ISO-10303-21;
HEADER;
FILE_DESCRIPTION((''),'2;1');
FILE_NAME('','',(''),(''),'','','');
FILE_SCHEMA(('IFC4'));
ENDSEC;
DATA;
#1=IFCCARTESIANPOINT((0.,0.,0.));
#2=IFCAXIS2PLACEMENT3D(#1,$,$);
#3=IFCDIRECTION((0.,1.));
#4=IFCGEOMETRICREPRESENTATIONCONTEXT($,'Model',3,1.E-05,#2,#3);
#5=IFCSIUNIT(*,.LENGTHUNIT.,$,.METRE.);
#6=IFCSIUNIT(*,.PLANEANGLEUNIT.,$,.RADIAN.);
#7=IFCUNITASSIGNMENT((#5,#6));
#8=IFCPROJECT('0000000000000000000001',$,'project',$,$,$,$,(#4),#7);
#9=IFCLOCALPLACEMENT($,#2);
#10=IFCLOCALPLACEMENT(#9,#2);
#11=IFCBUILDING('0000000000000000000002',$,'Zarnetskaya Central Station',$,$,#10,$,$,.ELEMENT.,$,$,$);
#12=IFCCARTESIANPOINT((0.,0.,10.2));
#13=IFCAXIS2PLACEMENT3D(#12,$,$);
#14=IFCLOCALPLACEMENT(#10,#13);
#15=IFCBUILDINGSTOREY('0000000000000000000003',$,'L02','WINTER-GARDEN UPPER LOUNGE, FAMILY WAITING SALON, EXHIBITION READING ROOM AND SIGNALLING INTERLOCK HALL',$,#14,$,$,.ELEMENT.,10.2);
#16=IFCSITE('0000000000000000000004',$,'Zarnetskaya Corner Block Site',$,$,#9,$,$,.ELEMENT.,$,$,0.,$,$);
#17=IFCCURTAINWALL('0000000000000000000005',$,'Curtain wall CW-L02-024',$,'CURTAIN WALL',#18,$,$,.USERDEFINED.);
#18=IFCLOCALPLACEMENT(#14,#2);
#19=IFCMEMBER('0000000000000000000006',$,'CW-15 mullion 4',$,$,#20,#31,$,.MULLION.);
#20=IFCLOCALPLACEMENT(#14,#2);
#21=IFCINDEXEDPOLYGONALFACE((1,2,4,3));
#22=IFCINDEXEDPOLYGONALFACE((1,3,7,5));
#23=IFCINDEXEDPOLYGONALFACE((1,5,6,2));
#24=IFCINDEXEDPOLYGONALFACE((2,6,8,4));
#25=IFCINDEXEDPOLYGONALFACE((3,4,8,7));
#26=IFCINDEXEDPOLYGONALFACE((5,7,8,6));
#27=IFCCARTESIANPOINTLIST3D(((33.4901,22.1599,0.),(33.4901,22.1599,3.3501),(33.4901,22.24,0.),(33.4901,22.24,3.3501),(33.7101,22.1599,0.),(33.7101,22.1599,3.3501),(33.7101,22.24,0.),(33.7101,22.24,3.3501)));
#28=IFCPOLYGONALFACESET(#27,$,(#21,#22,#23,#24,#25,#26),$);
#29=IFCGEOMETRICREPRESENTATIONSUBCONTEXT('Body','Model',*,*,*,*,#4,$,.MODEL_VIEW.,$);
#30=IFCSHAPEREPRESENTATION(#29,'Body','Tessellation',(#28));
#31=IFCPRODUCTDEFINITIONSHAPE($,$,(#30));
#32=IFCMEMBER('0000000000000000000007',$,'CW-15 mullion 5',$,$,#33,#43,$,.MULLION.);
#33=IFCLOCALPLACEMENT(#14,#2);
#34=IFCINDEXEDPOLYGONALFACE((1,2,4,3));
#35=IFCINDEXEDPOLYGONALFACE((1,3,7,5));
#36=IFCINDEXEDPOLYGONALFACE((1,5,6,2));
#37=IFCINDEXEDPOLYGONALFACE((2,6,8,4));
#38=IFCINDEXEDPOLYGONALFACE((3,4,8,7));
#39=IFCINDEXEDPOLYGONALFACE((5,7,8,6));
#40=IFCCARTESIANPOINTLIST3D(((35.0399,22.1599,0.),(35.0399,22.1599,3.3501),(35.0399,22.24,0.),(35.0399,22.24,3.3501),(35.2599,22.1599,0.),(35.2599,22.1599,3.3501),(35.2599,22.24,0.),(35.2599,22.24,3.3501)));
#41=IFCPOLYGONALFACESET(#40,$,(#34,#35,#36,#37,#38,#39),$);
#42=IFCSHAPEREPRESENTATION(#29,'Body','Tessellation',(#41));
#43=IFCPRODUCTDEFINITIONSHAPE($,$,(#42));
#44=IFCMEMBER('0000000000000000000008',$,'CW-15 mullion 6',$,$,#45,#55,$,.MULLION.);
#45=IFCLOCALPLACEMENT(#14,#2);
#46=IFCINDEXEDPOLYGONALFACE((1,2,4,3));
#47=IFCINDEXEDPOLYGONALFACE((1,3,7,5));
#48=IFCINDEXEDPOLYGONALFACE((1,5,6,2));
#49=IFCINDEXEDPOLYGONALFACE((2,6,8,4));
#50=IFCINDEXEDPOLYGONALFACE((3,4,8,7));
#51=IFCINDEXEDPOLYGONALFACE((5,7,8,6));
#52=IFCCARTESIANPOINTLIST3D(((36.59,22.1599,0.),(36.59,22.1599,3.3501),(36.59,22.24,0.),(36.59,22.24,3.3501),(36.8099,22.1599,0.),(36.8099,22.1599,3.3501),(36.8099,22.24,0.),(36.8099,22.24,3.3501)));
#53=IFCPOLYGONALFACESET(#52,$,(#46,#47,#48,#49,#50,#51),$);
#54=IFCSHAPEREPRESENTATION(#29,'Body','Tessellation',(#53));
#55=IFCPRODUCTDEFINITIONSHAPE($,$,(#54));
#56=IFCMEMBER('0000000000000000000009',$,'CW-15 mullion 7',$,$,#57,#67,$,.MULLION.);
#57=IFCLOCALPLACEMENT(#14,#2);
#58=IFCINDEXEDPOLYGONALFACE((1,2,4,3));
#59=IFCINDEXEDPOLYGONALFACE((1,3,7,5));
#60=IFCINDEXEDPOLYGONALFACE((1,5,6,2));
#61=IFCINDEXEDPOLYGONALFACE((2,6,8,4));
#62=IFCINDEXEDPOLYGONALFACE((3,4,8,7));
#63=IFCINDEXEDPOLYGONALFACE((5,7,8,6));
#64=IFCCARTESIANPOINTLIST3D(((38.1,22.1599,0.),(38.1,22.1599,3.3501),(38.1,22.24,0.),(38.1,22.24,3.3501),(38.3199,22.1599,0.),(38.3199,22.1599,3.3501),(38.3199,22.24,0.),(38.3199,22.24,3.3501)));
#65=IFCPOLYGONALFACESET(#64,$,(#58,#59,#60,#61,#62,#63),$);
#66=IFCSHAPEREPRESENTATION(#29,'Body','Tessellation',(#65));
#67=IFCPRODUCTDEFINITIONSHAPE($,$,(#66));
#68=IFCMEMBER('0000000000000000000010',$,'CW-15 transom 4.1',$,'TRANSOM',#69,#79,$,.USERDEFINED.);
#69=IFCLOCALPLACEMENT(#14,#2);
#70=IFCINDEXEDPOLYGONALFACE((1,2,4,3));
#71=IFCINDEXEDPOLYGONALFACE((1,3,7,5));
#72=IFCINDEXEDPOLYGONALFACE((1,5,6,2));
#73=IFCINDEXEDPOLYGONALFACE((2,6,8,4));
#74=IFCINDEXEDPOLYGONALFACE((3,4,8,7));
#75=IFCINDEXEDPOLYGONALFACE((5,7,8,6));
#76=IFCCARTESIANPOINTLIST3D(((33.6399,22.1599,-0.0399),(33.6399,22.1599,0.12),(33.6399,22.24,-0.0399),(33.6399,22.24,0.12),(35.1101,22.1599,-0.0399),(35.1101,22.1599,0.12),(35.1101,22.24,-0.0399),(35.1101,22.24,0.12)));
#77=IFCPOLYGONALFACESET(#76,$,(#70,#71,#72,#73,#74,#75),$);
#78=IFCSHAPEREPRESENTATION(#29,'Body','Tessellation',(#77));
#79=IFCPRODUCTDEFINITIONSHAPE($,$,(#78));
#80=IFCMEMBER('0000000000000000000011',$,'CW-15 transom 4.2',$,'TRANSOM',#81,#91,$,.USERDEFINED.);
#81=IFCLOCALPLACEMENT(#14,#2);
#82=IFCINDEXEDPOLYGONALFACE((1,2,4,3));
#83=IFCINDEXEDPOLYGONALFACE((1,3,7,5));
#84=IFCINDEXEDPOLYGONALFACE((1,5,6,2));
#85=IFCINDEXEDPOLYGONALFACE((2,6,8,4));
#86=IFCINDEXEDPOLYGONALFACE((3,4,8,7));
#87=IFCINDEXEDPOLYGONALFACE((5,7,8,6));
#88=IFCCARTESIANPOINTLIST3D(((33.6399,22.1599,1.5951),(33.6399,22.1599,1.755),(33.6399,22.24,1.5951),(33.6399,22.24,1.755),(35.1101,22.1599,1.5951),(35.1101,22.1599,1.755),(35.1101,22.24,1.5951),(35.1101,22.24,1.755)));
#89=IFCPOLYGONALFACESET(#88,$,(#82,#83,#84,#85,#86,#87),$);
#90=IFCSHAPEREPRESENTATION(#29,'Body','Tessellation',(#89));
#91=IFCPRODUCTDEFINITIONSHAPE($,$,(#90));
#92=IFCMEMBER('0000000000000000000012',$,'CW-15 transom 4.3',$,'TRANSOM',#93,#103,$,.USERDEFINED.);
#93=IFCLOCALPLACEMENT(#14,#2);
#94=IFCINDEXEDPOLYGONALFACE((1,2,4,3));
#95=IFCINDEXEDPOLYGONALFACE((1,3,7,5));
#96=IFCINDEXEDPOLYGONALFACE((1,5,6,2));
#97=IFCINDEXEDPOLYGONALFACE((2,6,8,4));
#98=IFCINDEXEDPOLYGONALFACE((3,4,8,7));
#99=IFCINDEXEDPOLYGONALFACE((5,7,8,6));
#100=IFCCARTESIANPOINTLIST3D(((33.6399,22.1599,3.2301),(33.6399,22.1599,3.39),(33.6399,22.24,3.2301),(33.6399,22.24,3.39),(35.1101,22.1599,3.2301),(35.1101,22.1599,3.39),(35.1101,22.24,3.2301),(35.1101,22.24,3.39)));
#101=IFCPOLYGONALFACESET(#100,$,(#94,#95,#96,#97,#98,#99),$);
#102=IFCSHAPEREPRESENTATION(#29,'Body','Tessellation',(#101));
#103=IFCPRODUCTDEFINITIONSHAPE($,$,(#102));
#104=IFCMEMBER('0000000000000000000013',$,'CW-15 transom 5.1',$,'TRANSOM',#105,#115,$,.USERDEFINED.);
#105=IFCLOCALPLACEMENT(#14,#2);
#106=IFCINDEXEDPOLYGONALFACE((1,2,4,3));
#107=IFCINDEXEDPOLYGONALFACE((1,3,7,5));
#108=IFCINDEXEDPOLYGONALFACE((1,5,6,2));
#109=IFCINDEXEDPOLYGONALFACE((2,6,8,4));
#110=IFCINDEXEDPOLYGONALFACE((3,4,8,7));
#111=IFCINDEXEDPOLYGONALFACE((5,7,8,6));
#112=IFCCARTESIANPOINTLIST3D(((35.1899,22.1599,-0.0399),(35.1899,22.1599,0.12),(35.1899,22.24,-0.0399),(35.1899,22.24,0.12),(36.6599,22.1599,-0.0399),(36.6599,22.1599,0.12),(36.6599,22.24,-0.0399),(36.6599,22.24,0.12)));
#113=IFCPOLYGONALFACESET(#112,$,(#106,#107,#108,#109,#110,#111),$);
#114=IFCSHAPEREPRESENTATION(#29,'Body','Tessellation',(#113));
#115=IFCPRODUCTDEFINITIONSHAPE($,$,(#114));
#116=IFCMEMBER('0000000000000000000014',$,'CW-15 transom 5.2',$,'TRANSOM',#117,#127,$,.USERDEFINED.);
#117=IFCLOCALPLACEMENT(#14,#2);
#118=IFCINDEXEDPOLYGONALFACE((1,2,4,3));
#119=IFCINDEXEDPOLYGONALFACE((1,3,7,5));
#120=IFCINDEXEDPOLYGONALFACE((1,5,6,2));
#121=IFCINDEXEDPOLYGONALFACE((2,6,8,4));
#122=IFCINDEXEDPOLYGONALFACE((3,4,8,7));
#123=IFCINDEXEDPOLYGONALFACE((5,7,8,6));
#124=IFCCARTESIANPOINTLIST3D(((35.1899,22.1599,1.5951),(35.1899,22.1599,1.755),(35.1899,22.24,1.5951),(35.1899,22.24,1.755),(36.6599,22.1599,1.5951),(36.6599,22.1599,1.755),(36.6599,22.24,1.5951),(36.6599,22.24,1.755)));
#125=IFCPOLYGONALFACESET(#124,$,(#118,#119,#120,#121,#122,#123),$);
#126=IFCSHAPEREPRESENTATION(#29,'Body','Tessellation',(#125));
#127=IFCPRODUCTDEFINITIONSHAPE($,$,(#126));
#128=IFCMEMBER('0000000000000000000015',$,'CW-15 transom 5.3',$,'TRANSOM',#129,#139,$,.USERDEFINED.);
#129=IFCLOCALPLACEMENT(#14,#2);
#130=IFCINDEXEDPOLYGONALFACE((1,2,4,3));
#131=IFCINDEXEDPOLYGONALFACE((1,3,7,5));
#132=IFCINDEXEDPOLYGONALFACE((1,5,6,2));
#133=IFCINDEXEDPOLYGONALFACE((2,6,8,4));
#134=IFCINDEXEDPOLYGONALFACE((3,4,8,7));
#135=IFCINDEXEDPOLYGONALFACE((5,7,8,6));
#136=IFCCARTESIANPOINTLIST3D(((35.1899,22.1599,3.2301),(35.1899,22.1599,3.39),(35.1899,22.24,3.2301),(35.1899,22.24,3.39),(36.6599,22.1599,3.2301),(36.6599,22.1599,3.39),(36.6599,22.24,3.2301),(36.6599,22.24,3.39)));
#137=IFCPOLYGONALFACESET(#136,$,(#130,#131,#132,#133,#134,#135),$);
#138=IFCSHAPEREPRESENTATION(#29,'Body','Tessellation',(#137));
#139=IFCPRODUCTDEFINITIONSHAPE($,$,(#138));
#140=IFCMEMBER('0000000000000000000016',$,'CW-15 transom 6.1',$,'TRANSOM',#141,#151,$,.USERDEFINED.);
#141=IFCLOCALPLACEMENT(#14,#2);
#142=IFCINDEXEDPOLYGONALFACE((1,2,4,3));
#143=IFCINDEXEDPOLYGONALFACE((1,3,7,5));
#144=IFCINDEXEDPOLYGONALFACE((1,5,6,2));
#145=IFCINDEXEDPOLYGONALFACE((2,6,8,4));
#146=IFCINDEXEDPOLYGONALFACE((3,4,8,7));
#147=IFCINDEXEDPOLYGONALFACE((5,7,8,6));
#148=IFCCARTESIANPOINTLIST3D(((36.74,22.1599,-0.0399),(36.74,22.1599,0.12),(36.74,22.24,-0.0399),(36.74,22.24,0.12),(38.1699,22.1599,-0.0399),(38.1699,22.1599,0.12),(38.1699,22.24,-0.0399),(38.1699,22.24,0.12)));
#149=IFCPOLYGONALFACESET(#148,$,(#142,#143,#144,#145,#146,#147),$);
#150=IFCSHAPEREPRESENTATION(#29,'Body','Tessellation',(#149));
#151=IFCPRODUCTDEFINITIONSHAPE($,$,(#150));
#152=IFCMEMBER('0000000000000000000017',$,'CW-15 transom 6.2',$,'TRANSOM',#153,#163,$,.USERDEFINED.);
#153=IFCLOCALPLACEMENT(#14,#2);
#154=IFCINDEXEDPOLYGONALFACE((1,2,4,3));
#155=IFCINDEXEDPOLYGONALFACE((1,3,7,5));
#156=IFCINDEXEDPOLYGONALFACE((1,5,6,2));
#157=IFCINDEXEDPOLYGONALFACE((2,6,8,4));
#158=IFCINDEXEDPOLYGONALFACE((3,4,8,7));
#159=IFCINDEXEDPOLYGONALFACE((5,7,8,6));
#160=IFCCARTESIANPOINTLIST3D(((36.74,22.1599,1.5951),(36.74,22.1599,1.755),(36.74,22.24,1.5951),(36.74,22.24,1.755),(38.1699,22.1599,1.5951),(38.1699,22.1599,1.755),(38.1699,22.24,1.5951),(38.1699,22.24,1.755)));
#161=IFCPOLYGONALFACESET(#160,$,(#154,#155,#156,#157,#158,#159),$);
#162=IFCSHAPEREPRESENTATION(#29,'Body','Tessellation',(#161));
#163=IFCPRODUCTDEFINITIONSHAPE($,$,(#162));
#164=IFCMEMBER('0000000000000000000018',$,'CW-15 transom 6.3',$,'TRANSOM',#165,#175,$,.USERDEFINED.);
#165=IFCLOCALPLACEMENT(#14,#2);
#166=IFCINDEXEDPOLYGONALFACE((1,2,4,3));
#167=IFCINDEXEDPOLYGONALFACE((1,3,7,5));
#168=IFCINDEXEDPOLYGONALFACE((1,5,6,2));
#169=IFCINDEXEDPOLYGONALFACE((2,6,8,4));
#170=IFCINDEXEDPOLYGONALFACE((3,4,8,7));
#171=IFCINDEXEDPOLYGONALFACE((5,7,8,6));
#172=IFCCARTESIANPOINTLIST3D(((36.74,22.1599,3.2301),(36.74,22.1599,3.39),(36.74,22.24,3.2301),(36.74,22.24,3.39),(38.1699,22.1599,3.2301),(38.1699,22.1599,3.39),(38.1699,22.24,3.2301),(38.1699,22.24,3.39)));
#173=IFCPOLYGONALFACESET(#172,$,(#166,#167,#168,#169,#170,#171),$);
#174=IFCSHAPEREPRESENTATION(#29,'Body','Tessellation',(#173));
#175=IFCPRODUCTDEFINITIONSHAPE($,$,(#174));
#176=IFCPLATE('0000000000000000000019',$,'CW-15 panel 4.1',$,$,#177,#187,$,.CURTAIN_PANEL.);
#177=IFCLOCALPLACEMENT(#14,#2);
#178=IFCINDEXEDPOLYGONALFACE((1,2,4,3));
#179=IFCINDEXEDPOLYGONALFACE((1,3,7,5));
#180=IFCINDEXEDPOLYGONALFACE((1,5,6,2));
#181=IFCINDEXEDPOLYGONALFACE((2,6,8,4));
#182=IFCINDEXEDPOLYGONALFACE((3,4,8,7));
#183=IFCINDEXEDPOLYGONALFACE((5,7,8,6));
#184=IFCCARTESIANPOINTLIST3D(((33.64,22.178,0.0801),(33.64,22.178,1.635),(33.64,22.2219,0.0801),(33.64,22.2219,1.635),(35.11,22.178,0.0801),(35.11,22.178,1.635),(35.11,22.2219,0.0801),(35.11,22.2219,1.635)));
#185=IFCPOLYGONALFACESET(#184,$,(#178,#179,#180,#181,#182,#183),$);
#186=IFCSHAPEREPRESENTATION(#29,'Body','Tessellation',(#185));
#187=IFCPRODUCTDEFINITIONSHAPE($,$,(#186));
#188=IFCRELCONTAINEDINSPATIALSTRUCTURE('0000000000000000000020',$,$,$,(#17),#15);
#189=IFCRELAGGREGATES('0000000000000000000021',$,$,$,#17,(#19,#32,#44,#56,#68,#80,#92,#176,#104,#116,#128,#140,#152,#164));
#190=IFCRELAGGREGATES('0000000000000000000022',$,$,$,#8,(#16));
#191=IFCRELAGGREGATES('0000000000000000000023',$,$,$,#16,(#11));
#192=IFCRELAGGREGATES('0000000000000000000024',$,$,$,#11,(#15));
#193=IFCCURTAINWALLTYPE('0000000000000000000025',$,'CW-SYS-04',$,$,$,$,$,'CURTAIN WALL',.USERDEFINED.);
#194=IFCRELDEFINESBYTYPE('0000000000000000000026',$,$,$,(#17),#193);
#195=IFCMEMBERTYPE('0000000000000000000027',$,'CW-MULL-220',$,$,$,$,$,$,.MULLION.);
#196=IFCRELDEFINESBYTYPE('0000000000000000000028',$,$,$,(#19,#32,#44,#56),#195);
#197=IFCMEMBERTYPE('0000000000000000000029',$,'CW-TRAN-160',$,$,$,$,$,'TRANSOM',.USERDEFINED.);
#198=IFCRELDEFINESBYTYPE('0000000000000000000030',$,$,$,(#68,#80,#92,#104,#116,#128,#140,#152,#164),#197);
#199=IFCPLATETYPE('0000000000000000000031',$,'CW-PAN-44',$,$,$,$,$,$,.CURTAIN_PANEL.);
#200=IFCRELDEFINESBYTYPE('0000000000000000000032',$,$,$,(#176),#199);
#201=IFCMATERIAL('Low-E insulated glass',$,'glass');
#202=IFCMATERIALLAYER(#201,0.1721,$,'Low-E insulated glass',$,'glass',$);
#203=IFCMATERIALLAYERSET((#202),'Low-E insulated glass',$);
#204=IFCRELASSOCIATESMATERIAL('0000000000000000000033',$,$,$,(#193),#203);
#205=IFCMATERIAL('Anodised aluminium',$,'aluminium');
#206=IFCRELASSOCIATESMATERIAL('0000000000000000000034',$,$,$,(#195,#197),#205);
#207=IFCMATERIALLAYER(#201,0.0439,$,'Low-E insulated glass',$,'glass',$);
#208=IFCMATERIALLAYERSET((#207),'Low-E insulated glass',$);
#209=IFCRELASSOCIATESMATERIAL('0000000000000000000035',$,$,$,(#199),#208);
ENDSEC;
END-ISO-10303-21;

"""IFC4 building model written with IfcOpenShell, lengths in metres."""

from ifc_helpers import new_model, si_unit, direction, frame, origin, origin_2d, place, context, subcontext, project, spatial, rectangle, extrude, material, layer, layer_set, material_profile, profile_set, type_object, element, aggregate, save


model = new_model("IFC4")

# Units and contexts
model_context = context("Model", 3, precision=1e-05, world=origin(), true_north=direction((0.0, 1.0)))
body_context = subcontext(model_context, "Body", "Model", "MODEL_VIEW")
ifc_project = project(units=[si_unit("LENGTHUNIT", "METRE"), si_unit("PLANEANGLEUNIT", "RADIAN")], contexts=[model_context])

# Site, building, storey
site_placement = place(None, origin())
site = spatial("IfcSite", under=ifc_project, at=site_placement, Name="Zarnetskaya Corner Block Site", CompositionType="ELEMENT", RefElevation=0.0)
building_placement = place(site_placement, origin())
building = spatial("IfcBuilding", under=site, at=building_placement, Name="Zarnetskaya Central Station", CompositionType="ELEMENT")
storey_placement = place(building_placement, frame((0.0, 0.0, 10.2)))
storey = spatial("IfcBuildingStorey", under=building, at=storey_placement, Name="L02", Description="WINTER-GARDEN UPPER LOUNGE, FAMILY WAITING SALON, EXHIBITION READING ROOM AND SIGNALLING INTERLOCK HALL", CompositionType="ELEMENT", Elevation=10.2)

# Curtain wall, members, plate
ifc_material_1 = material(Name="Low-E insulated glass", Category="glass")
ifc_layer_1 = layer(ifc_material_1, 0.1721, Name="Low-E insulated glass", Category="glass")
ifc_layer_set_1 = layer_set([ifc_layer_1], Name="Low-E insulated glass")
curtain_wall_type = type_object("IfcCurtainWallType", Name="CW-SYS-04", ElementType="CURTAIN WALL", PredefinedType="USERDEFINED", material=ifc_layer_set_1)
curtain_wall_placement = place(storey_placement, origin())
curtain_wall = element("IfcCurtainWall", 1, at=curtain_wall_placement, inside=storey, type_object=curtain_wall_type, Name="Curtain wall CW-L02-024", ObjectType="CURTAIN WALL", PredefinedType="USERDEFINED")
ifc_material_2 = material(Name="Anodised aluminium", Category="aluminium")
ifc_material_profile_1 = material_profile(ifc_material_2, rectangle(XDim=0.0801, YDim=0.22, at=origin_2d()), Name="ALU MULL 80x220")
ifc_profile_set_1 = profile_set([ifc_material_profile_1], Name="Anodised aluminium")
member_type_1 = type_object("IfcMemberType", Name="CW-MULL-220", PredefinedType="MULLION", material=ifc_profile_set_1)
member_1_placement = place(storey_placement, frame((33.6001, 22.2, 0.0), z_axis=(0.0, 0.0, 1.0), x_axis=(0.0, 1.0, 0.0)))
member_1 = element("IfcMember", 2, at=member_1_placement, type_object=member_type_1, Name="CW-15 mullion 4", PredefinedType="MULLION", context=body_context, shape_type="SweptSolid", body=[
    extrude(rectangle(XDim=0.0801, YDim=0.22, at=origin_2d()), origin(), (0.0, 0.0, 1.0), 3.3501),
])
member_2_placement = place(storey_placement, frame((35.1499, 22.2, 0.0), z_axis=(0.0, 0.0, 1.0), x_axis=(0.0, 1.0, 0.0)))
member_2 = element("IfcMember", 3, at=member_2_placement, type_object=member_type_1, Name="CW-15 mullion 5", PredefinedType="MULLION", context=body_context, shape_type="SweptSolid", body=[
    extrude(rectangle(XDim=0.0801, YDim=0.22, at=origin_2d()), origin(), (0.0, 0.0, 1.0), 3.3501),
])
member_3_placement = place(storey_placement, frame((36.7, 22.2, 0.0), z_axis=(0.0, 0.0, 1.0), x_axis=(0.0, 1.0, 0.0)))
member_3 = element("IfcMember", 4, at=member_3_placement, type_object=member_type_1, Name="CW-15 mullion 6", PredefinedType="MULLION", context=body_context, shape_type="SweptSolid", body=[
    extrude(rectangle(XDim=0.0801, YDim=0.22, at=origin_2d()), origin(), (0.0, 0.0, 1.0), 3.3501),
])
member_4_placement = place(storey_placement, frame((38.21, 22.2, 0.0), z_axis=(0.0, 0.0, 1.0), x_axis=(0.0, 1.0, 0.0)))
member_4 = element("IfcMember", 5, at=member_4_placement, type_object=member_type_1, Name="CW-15 mullion 7", PredefinedType="MULLION", context=body_context, shape_type="SweptSolid", body=[
    extrude(rectangle(XDim=0.0801, YDim=0.22, at=origin_2d()), origin(), (0.0, 0.0, 1.0), 3.3501),
])
ifc_material_profile_2 = material_profile(ifc_material_2, rectangle(XDim=0.0801, YDim=0.1599, at=origin_2d()), Name="ALU TRAN 80x160")
ifc_profile_set_2 = profile_set([ifc_material_profile_2], Name="Anodised aluminium")
member_type_2 = type_object("IfcMemberType", Name="CW-TRAN-160", ElementType="TRANSOM", PredefinedType="USERDEFINED", material=ifc_profile_set_2)
member_5_placement = place(storey_placement, frame((33.6399, 22.2, 0.04), z_axis=(1.0, 0.0, 0.0), x_axis=(0.0, 1.0, 0.0)))
member_5 = element("IfcMember", 6, at=member_5_placement, type_object=member_type_2, Name="CW-15 transom 4.1", ObjectType="TRANSOM", PredefinedType="USERDEFINED", context=body_context, shape_type="SweptSolid", body=[
    extrude(rectangle(XDim=0.0801, YDim=0.1599, at=origin_2d()), origin(), (0.0, 0.0, 1.0), 1.4702),
])
member_6_placement = place(storey_placement, frame((33.6399, 22.2, 1.675), z_axis=(1.0, 0.0, 0.0), x_axis=(0.0, 1.0, 0.0)))
member_6 = element("IfcMember", 7, at=member_6_placement, type_object=member_type_2, Name="CW-15 transom 4.2", ObjectType="TRANSOM", PredefinedType="USERDEFINED", context=body_context, shape_type="SweptSolid", body=[
    extrude(rectangle(XDim=0.0801, YDim=0.1599, at=origin_2d()), origin(), (0.0, 0.0, 1.0), 1.4702),
])
member_7_placement = place(storey_placement, frame((33.6399, 22.2, 3.3101), z_axis=(1.0, 0.0, 0.0), x_axis=(0.0, 1.0, 0.0)))
member_7 = element("IfcMember", 8, at=member_7_placement, type_object=member_type_2, Name="CW-15 transom 4.3", ObjectType="TRANSOM", PredefinedType="USERDEFINED", context=body_context, shape_type="SweptSolid", body=[
    extrude(rectangle(XDim=0.0801, YDim=0.1599, at=origin_2d()), origin(), (0.0, 0.0, 1.0), 1.4702),
])
member_8_placement = place(storey_placement, frame((35.1899, 22.2, 0.04), z_axis=(1.0, 0.0, 0.0), x_axis=(0.0, 1.0, 0.0)))
member_8 = element("IfcMember", 9, at=member_8_placement, type_object=member_type_2, Name="CW-15 transom 5.1", ObjectType="TRANSOM", PredefinedType="USERDEFINED", context=body_context, shape_type="SweptSolid", body=[
    extrude(rectangle(XDim=0.0801, YDim=0.1599, at=origin_2d()), origin(), (0.0, 0.0, 1.0), 1.47),
])
member_9_placement = place(storey_placement, frame((35.1899, 22.2, 1.675), z_axis=(1.0, 0.0, 0.0), x_axis=(0.0, 1.0, 0.0)))
member_9 = element("IfcMember", 10, at=member_9_placement, type_object=member_type_2, Name="CW-15 transom 5.2", ObjectType="TRANSOM", PredefinedType="USERDEFINED", context=body_context, shape_type="SweptSolid", body=[
    extrude(rectangle(XDim=0.0801, YDim=0.1599, at=origin_2d()), origin(), (0.0, 0.0, 1.0), 1.47),
])
member_10_placement = place(storey_placement, frame((35.1899, 22.2, 3.3101), z_axis=(1.0, 0.0, 0.0), x_axis=(0.0, 1.0, 0.0)))
member_10 = element("IfcMember", 11, at=member_10_placement, type_object=member_type_2, Name="CW-15 transom 5.3", ObjectType="TRANSOM", PredefinedType="USERDEFINED", context=body_context, shape_type="SweptSolid", body=[
    extrude(rectangle(XDim=0.0801, YDim=0.1599, at=origin_2d()), origin(), (0.0, 0.0, 1.0), 1.47),
])
member_11_placement = place(storey_placement, frame((36.74, 22.2, 0.04), z_axis=(1.0, 0.0, 0.0), x_axis=(0.0, 1.0, 0.0)))
member_11 = element("IfcMember", 12, at=member_11_placement, type_object=member_type_2, Name="CW-15 transom 6.1", ObjectType="TRANSOM", PredefinedType="USERDEFINED", context=body_context, shape_type="SweptSolid", body=[
    extrude(rectangle(XDim=0.0801, YDim=0.1599, at=origin_2d()), origin(), (0.0, 0.0, 1.0), 1.4299),
])
member_12_placement = place(storey_placement, frame((36.74, 22.2, 1.675), z_axis=(1.0, 0.0, 0.0), x_axis=(0.0, 1.0, 0.0)))
member_12 = element("IfcMember", 13, at=member_12_placement, type_object=member_type_2, Name="CW-15 transom 6.2", ObjectType="TRANSOM", PredefinedType="USERDEFINED", context=body_context, shape_type="SweptSolid", body=[
    extrude(rectangle(XDim=0.0801, YDim=0.1599, at=origin_2d()), origin(), (0.0, 0.0, 1.0), 1.4299),
])
member_13_placement = place(storey_placement, frame((36.74, 22.2, 3.3101), z_axis=(1.0, 0.0, 0.0), x_axis=(0.0, 1.0, 0.0)))
member_13 = element("IfcMember", 14, at=member_13_placement, type_object=member_type_2, Name="CW-15 transom 6.3", ObjectType="TRANSOM", PredefinedType="USERDEFINED", context=body_context, shape_type="SweptSolid", body=[
    extrude(rectangle(XDim=0.0801, YDim=0.1599, at=origin_2d()), origin(), (0.0, 0.0, 1.0), 1.4299),
])
ifc_layer_2 = layer(ifc_material_1, 0.0439, Name="Low-E insulated glass", Category="glass")
ifc_layer_set_2 = layer_set([ifc_layer_2], Name="Low-E insulated glass")
plate_type = type_object("IfcPlateType", Name="CW-PAN-44", PredefinedType="CURTAIN_PANEL", material=ifc_layer_set_2)
plate_1_placement = place(storey_placement, frame((34.375, 22.2, 0.0801), z_axis=(0.0, 0.0, 1.0), x_axis=(1.0, 0.0, 0.0)))
plate_1 = element("IfcPlate", 15, at=plate_1_placement, type_object=plate_type, Name="CW-15 panel 4.1", PredefinedType="CURTAIN_PANEL", context=body_context, shape_type="SweptSolid", body=[
    extrude(rectangle(XDim=1.47, YDim=0.0439, at=origin_2d()), origin(), (0.0, 0.0, 1.0), 1.5549),
])
aggregate(curtain_wall, [member_1, member_2, member_3, member_4, member_5, member_6, member_7, plate_1, member_8, member_9, member_10, member_11, member_12, member_13])

save(model, "model.ifc")
